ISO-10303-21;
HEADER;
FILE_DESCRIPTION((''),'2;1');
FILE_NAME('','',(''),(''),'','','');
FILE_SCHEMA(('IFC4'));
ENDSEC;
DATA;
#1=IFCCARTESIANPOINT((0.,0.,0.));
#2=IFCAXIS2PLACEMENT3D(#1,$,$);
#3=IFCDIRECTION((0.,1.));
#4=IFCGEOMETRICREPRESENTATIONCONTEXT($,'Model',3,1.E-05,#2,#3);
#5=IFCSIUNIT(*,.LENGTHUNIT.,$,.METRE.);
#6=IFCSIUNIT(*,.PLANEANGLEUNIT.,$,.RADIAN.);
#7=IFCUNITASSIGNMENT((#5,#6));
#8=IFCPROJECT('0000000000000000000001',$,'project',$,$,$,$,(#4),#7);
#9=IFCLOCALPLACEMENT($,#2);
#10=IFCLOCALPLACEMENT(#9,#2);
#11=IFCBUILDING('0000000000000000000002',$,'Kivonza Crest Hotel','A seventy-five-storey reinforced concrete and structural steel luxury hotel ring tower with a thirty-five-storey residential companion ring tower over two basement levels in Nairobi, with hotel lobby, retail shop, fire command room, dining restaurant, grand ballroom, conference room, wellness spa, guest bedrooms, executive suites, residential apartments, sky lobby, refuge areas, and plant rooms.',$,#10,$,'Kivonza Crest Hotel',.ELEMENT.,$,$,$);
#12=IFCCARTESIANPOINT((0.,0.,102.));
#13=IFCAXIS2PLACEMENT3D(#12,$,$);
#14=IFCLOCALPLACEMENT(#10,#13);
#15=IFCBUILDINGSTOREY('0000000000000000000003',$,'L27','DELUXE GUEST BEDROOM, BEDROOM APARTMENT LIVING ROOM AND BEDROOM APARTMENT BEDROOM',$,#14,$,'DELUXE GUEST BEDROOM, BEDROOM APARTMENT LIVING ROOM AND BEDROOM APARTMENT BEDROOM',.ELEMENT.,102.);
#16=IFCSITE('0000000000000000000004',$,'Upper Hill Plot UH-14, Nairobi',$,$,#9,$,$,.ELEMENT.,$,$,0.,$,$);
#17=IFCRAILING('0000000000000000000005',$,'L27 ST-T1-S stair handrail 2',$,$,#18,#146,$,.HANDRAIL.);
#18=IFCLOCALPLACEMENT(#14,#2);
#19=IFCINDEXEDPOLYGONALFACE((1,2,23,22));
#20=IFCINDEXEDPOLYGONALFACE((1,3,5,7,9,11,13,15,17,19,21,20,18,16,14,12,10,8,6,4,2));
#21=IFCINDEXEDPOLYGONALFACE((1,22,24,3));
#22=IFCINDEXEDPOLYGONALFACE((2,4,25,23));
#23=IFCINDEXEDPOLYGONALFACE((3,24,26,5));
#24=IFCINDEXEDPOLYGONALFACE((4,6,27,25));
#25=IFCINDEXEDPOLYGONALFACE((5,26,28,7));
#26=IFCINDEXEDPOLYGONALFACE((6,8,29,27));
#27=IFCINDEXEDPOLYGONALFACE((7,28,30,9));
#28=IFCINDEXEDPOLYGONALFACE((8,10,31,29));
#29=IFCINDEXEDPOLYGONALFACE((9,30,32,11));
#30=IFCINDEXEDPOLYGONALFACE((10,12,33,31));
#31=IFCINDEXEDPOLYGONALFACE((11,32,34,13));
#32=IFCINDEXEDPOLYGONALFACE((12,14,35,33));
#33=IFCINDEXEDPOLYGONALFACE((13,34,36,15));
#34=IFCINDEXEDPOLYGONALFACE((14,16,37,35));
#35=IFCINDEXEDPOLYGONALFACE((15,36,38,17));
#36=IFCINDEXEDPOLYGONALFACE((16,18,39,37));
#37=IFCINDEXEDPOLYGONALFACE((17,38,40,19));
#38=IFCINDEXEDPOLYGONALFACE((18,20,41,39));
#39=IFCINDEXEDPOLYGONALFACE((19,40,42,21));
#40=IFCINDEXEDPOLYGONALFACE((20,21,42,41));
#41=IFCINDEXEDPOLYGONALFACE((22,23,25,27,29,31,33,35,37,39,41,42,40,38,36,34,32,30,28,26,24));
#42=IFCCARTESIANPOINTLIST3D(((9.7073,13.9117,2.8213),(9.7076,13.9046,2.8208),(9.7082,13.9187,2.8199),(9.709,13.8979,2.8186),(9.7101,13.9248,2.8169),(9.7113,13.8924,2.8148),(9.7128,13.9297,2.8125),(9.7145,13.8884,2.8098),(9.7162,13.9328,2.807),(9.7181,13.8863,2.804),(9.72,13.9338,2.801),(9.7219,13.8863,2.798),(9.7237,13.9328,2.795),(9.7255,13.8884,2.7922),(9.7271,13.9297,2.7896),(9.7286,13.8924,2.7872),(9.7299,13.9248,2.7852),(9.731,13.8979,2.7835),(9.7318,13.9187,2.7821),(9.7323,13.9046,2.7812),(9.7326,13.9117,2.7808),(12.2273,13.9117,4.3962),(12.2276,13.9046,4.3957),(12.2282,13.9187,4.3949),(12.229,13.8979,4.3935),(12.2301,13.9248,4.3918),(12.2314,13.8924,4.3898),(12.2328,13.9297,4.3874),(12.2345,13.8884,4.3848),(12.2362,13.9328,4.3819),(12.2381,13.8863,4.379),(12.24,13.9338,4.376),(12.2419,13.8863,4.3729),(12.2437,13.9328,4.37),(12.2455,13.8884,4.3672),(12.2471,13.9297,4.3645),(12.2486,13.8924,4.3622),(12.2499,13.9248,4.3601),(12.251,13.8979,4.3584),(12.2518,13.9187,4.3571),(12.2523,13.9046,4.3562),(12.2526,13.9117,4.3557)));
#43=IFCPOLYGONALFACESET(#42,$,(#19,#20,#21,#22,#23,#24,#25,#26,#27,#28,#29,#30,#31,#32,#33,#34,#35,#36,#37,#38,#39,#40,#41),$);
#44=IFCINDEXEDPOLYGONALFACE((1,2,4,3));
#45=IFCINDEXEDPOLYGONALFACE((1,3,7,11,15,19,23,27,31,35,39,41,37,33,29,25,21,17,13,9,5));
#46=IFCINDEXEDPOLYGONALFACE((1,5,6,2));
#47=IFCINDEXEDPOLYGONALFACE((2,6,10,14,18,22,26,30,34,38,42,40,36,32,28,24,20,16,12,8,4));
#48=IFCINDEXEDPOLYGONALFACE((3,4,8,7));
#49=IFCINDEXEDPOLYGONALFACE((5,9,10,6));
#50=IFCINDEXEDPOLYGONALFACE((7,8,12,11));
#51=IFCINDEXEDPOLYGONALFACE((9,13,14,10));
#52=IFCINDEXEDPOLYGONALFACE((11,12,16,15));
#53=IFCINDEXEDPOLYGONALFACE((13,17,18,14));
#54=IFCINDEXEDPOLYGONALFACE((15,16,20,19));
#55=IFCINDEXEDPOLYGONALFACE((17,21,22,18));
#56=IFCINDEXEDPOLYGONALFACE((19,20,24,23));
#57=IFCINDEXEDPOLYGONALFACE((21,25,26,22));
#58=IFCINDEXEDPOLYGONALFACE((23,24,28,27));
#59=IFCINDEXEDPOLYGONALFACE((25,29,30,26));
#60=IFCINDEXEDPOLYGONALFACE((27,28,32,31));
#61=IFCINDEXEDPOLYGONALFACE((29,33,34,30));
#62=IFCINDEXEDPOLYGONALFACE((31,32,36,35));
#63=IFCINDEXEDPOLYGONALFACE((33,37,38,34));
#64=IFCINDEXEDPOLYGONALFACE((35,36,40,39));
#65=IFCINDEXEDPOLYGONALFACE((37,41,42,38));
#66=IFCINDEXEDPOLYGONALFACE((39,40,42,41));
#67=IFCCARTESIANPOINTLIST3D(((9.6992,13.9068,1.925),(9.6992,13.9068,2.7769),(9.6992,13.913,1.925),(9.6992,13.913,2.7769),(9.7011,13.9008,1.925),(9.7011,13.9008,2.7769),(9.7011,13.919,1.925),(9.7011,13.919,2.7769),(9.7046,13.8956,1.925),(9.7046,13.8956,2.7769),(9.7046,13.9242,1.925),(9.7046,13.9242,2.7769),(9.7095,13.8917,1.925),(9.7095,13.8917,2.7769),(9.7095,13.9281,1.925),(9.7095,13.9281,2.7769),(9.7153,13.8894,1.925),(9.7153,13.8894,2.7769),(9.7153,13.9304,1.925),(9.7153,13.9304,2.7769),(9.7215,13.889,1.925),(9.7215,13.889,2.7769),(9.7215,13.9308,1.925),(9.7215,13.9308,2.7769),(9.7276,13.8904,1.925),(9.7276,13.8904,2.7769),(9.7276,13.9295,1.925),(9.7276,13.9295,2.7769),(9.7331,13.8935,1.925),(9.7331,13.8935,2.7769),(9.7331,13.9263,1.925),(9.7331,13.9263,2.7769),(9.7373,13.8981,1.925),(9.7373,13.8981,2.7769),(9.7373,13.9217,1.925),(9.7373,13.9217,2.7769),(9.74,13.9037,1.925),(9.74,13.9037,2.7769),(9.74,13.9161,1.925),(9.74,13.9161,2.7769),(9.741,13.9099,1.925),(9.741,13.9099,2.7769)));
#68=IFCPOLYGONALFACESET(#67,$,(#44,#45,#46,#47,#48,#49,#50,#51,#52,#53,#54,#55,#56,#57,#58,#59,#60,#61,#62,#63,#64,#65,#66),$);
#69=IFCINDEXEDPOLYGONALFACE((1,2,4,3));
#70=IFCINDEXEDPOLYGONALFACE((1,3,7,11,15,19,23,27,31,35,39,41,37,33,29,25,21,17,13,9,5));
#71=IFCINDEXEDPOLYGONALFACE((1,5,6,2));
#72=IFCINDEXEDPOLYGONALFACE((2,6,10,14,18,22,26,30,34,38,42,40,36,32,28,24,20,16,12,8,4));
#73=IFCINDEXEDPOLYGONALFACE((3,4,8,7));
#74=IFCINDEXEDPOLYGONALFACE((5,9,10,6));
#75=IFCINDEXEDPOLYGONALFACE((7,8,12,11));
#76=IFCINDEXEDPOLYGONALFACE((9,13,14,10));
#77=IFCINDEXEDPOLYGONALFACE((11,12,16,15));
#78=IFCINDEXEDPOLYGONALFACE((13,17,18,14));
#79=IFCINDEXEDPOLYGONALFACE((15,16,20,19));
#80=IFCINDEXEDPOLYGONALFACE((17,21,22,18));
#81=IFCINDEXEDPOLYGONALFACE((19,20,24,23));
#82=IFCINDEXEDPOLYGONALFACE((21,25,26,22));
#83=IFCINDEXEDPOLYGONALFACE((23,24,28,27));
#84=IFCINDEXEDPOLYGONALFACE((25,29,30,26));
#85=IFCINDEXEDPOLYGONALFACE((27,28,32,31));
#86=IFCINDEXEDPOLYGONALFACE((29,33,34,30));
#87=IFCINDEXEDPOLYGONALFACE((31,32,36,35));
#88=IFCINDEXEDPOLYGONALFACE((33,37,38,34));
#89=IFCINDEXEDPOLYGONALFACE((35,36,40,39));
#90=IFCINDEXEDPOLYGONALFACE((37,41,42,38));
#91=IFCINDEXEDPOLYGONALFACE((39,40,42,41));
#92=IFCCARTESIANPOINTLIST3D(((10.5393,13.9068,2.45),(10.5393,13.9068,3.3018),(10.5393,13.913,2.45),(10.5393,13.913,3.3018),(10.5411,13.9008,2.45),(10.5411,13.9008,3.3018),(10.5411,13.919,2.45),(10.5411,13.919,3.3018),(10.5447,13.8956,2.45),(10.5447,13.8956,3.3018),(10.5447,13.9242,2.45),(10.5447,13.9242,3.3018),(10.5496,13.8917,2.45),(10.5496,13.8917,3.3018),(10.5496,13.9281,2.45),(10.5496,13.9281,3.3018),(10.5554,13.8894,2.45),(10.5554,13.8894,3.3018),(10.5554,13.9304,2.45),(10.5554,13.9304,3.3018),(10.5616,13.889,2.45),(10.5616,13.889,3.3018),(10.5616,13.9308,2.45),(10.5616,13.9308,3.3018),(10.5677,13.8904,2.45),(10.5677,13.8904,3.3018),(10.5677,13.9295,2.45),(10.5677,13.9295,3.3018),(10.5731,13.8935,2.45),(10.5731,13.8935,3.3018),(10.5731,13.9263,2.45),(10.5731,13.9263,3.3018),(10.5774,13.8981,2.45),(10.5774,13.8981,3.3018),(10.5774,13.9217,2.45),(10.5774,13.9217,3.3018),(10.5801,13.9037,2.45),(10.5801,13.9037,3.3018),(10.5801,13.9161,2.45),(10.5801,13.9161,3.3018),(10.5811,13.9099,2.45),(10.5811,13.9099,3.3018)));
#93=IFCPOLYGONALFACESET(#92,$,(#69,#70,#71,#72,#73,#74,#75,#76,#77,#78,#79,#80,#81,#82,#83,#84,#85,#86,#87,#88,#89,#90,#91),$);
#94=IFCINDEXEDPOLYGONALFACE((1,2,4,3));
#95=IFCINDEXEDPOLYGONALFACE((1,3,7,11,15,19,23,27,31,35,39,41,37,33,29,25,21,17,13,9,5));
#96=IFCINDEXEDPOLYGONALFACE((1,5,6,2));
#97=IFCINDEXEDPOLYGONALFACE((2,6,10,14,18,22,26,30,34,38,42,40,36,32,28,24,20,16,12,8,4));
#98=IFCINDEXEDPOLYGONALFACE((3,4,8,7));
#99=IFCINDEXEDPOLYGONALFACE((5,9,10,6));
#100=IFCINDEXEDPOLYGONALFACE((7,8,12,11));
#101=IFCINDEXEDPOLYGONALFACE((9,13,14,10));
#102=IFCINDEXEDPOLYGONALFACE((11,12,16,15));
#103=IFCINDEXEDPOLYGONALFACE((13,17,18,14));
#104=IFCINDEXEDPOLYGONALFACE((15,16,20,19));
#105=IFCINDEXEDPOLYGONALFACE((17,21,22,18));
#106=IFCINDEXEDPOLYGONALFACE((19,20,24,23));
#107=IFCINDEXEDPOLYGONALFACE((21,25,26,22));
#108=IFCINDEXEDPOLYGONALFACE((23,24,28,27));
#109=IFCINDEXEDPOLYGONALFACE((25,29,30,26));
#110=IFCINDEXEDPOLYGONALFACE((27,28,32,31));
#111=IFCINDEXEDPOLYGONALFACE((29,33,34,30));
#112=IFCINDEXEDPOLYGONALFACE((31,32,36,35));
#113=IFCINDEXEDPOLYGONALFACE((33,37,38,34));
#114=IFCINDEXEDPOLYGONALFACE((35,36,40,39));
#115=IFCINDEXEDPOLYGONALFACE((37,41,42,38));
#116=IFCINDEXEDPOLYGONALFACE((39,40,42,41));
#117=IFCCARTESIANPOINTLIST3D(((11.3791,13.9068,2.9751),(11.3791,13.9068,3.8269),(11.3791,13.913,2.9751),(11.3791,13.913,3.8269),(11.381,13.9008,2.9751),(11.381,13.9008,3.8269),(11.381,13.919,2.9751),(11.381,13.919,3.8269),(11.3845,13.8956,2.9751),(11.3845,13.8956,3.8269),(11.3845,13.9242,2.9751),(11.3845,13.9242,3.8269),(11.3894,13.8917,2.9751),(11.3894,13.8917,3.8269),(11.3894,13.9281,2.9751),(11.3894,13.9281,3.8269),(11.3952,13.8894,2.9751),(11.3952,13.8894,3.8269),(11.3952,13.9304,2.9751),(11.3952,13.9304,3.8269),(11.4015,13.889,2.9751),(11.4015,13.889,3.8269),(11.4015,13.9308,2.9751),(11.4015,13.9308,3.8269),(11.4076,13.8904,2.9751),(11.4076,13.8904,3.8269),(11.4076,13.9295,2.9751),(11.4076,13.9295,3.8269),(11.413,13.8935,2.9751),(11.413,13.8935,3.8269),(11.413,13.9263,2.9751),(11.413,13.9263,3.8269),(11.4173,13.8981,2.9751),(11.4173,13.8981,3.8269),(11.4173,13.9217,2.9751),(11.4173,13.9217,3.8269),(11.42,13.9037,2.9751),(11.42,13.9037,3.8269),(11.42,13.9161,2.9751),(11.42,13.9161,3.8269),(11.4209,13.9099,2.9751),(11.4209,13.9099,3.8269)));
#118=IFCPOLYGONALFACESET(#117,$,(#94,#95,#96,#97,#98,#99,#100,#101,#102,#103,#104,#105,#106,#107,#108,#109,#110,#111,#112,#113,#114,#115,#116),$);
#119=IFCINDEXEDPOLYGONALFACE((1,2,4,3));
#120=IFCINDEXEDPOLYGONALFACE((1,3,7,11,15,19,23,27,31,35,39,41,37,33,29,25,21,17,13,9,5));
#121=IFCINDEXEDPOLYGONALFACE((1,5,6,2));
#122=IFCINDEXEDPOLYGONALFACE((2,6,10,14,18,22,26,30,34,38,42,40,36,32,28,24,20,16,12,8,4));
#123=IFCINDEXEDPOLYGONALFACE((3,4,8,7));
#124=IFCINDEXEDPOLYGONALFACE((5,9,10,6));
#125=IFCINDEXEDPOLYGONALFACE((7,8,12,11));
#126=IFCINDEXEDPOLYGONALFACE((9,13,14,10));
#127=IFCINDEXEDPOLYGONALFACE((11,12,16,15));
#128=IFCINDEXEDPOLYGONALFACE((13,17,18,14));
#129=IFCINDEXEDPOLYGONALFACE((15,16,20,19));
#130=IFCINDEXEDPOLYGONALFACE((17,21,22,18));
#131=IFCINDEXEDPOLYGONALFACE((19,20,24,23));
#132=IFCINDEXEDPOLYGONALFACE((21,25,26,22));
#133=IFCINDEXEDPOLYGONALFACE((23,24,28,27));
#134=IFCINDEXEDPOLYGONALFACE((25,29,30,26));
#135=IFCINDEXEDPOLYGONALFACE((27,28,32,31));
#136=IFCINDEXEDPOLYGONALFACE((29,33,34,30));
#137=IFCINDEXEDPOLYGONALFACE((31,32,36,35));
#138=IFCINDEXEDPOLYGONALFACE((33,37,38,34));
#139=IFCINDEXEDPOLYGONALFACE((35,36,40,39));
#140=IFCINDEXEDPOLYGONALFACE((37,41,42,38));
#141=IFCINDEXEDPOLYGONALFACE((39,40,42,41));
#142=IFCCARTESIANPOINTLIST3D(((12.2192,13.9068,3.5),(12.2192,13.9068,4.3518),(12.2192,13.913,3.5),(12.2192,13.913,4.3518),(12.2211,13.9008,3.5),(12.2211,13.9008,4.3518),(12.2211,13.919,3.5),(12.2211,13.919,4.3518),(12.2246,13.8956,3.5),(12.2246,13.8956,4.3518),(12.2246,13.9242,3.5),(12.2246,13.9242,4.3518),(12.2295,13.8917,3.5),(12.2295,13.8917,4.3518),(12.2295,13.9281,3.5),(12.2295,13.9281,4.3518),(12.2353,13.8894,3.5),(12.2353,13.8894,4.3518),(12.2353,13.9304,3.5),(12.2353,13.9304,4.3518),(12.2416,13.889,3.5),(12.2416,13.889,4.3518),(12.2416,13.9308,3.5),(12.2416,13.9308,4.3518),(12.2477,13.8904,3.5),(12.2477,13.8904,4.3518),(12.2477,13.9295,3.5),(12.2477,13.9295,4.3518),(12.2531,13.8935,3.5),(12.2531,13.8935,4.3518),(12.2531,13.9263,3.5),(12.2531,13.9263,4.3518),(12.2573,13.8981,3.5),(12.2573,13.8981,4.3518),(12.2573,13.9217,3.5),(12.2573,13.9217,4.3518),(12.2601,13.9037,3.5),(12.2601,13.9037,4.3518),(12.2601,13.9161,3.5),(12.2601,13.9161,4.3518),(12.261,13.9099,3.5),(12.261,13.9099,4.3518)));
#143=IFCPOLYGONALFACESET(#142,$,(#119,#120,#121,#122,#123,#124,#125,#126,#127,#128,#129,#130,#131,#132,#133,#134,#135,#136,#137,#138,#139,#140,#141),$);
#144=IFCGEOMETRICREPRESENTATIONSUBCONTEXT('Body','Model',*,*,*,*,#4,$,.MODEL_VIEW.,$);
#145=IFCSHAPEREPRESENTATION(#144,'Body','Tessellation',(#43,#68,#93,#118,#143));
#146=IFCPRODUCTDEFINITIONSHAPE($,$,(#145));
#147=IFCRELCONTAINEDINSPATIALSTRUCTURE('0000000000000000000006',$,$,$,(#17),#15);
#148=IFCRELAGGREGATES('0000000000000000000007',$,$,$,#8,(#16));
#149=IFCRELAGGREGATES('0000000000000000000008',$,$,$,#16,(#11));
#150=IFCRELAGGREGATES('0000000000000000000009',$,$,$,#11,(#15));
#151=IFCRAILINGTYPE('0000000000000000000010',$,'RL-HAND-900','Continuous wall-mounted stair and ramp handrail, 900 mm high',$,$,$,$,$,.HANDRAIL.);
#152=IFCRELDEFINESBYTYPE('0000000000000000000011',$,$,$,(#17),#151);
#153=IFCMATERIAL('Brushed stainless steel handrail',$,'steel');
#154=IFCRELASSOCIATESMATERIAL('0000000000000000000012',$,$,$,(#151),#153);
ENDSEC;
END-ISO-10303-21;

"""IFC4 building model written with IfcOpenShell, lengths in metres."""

from ifc_helpers import new_model, si_unit, direction, frame, origin, origin_2d, place, context, subcontext, project, spatial, circle, extrude, material, type_object, element, save


model = new_model("IFC4")

# Units and contexts
model_context = context("Model", 3, precision=1e-05, world=origin(), true_north=direction((0.0, 1.0)))
body_context = subcontext(model_context, "Body", "Model", "MODEL_VIEW")
ifc_project = project(units=[si_unit("LENGTHUNIT", "METRE"), si_unit("PLANEANGLEUNIT", "RADIAN")], contexts=[model_context])

# Site, building, storey
site_placement = place(None, origin())
site = spatial("IfcSite", under=ifc_project, at=site_placement, Name="Upper Hill Plot UH-14, Nairobi", CompositionType="ELEMENT", RefElevation=0.0)
building_placement = place(site_placement, origin())
building = spatial("IfcBuilding", under=site, at=building_placement, Name="Kivonza Crest Hotel", Description="A seventy-five-storey reinforced concrete and structural steel luxury hotel ring tower with a thirty-five-storey residential companion ring tower over two basement levels in Nairobi, with hotel lobby, retail shop, fire command room, dining restaurant, grand ballroom, conference room, wellness spa, guest bedrooms, executive suites, residential apartments, sky lobby, refuge areas, and plant rooms.", LongName="Kivonza Crest Hotel", CompositionType="ELEMENT")
storey_placement = place(building_placement, frame((0.0, 0.0, 102.0)))
storey = spatial("IfcBuildingStorey", under=building, at=storey_placement, Name="L27", Description="DELUXE GUEST BEDROOM, BEDROOM APARTMENT LIVING ROOM AND BEDROOM APARTMENT BEDROOM", LongName="DELUXE GUEST BEDROOM, BEDROOM APARTMENT LIVING ROOM AND BEDROOM APARTMENT BEDROOM", CompositionType="ELEMENT", Elevation=102.0)

# Railing
ifc_material_1 = material(Name="Brushed stainless steel handrail", Category="steel")
railing_type_1 = type_object("IfcRailingType", Name="RL-HAND-900", Description="Continuous wall-mounted stair and ramp handrail, 900 mm high", PredefinedType="HANDRAIL", material=ifc_material_1)
railing_1_placement = place(storey_placement, frame((9.72, 13.9099, 1.925)))
element("IfcRailing", 1, at=railing_1_placement, inside=storey, type_object=railing_type_1, Name="L27 ST-T1-S stair handrail 2", PredefinedType="HANDRAIL", context=body_context, shape_type="SweptSolid", body=[
    extrude(circle(Radius=0.0239, at=origin_2d()), frame((0.0, 0.0, 0.876), z_axis=(0.848008, 0.0, 0.529984), x_axis=(0.0, 1.0, 0.0)), (0.0, 0.0, 1.0), 2.9717),
    extrude(circle(Radius=0.021, at=origin_2d()), origin(), (0.0, 0.0, 1.0), 0.8518),
    extrude(circle(Radius=0.021, at=origin_2d()), frame((0.8401, 0.0, 0.5249)), (0.0, 0.0, 1.0), 0.8518),
    extrude(circle(Radius=0.021, at=origin_2d()), frame((1.6799, 0.0, 1.05)), (0.0, 0.0, 1.0), 0.8518),
    extrude(circle(Radius=0.021, at=origin_2d()), frame((2.52, 0.0, 1.575)), (0.0, 0.0, 1.0), 0.8518),
])

save(model, "model.ifc")
